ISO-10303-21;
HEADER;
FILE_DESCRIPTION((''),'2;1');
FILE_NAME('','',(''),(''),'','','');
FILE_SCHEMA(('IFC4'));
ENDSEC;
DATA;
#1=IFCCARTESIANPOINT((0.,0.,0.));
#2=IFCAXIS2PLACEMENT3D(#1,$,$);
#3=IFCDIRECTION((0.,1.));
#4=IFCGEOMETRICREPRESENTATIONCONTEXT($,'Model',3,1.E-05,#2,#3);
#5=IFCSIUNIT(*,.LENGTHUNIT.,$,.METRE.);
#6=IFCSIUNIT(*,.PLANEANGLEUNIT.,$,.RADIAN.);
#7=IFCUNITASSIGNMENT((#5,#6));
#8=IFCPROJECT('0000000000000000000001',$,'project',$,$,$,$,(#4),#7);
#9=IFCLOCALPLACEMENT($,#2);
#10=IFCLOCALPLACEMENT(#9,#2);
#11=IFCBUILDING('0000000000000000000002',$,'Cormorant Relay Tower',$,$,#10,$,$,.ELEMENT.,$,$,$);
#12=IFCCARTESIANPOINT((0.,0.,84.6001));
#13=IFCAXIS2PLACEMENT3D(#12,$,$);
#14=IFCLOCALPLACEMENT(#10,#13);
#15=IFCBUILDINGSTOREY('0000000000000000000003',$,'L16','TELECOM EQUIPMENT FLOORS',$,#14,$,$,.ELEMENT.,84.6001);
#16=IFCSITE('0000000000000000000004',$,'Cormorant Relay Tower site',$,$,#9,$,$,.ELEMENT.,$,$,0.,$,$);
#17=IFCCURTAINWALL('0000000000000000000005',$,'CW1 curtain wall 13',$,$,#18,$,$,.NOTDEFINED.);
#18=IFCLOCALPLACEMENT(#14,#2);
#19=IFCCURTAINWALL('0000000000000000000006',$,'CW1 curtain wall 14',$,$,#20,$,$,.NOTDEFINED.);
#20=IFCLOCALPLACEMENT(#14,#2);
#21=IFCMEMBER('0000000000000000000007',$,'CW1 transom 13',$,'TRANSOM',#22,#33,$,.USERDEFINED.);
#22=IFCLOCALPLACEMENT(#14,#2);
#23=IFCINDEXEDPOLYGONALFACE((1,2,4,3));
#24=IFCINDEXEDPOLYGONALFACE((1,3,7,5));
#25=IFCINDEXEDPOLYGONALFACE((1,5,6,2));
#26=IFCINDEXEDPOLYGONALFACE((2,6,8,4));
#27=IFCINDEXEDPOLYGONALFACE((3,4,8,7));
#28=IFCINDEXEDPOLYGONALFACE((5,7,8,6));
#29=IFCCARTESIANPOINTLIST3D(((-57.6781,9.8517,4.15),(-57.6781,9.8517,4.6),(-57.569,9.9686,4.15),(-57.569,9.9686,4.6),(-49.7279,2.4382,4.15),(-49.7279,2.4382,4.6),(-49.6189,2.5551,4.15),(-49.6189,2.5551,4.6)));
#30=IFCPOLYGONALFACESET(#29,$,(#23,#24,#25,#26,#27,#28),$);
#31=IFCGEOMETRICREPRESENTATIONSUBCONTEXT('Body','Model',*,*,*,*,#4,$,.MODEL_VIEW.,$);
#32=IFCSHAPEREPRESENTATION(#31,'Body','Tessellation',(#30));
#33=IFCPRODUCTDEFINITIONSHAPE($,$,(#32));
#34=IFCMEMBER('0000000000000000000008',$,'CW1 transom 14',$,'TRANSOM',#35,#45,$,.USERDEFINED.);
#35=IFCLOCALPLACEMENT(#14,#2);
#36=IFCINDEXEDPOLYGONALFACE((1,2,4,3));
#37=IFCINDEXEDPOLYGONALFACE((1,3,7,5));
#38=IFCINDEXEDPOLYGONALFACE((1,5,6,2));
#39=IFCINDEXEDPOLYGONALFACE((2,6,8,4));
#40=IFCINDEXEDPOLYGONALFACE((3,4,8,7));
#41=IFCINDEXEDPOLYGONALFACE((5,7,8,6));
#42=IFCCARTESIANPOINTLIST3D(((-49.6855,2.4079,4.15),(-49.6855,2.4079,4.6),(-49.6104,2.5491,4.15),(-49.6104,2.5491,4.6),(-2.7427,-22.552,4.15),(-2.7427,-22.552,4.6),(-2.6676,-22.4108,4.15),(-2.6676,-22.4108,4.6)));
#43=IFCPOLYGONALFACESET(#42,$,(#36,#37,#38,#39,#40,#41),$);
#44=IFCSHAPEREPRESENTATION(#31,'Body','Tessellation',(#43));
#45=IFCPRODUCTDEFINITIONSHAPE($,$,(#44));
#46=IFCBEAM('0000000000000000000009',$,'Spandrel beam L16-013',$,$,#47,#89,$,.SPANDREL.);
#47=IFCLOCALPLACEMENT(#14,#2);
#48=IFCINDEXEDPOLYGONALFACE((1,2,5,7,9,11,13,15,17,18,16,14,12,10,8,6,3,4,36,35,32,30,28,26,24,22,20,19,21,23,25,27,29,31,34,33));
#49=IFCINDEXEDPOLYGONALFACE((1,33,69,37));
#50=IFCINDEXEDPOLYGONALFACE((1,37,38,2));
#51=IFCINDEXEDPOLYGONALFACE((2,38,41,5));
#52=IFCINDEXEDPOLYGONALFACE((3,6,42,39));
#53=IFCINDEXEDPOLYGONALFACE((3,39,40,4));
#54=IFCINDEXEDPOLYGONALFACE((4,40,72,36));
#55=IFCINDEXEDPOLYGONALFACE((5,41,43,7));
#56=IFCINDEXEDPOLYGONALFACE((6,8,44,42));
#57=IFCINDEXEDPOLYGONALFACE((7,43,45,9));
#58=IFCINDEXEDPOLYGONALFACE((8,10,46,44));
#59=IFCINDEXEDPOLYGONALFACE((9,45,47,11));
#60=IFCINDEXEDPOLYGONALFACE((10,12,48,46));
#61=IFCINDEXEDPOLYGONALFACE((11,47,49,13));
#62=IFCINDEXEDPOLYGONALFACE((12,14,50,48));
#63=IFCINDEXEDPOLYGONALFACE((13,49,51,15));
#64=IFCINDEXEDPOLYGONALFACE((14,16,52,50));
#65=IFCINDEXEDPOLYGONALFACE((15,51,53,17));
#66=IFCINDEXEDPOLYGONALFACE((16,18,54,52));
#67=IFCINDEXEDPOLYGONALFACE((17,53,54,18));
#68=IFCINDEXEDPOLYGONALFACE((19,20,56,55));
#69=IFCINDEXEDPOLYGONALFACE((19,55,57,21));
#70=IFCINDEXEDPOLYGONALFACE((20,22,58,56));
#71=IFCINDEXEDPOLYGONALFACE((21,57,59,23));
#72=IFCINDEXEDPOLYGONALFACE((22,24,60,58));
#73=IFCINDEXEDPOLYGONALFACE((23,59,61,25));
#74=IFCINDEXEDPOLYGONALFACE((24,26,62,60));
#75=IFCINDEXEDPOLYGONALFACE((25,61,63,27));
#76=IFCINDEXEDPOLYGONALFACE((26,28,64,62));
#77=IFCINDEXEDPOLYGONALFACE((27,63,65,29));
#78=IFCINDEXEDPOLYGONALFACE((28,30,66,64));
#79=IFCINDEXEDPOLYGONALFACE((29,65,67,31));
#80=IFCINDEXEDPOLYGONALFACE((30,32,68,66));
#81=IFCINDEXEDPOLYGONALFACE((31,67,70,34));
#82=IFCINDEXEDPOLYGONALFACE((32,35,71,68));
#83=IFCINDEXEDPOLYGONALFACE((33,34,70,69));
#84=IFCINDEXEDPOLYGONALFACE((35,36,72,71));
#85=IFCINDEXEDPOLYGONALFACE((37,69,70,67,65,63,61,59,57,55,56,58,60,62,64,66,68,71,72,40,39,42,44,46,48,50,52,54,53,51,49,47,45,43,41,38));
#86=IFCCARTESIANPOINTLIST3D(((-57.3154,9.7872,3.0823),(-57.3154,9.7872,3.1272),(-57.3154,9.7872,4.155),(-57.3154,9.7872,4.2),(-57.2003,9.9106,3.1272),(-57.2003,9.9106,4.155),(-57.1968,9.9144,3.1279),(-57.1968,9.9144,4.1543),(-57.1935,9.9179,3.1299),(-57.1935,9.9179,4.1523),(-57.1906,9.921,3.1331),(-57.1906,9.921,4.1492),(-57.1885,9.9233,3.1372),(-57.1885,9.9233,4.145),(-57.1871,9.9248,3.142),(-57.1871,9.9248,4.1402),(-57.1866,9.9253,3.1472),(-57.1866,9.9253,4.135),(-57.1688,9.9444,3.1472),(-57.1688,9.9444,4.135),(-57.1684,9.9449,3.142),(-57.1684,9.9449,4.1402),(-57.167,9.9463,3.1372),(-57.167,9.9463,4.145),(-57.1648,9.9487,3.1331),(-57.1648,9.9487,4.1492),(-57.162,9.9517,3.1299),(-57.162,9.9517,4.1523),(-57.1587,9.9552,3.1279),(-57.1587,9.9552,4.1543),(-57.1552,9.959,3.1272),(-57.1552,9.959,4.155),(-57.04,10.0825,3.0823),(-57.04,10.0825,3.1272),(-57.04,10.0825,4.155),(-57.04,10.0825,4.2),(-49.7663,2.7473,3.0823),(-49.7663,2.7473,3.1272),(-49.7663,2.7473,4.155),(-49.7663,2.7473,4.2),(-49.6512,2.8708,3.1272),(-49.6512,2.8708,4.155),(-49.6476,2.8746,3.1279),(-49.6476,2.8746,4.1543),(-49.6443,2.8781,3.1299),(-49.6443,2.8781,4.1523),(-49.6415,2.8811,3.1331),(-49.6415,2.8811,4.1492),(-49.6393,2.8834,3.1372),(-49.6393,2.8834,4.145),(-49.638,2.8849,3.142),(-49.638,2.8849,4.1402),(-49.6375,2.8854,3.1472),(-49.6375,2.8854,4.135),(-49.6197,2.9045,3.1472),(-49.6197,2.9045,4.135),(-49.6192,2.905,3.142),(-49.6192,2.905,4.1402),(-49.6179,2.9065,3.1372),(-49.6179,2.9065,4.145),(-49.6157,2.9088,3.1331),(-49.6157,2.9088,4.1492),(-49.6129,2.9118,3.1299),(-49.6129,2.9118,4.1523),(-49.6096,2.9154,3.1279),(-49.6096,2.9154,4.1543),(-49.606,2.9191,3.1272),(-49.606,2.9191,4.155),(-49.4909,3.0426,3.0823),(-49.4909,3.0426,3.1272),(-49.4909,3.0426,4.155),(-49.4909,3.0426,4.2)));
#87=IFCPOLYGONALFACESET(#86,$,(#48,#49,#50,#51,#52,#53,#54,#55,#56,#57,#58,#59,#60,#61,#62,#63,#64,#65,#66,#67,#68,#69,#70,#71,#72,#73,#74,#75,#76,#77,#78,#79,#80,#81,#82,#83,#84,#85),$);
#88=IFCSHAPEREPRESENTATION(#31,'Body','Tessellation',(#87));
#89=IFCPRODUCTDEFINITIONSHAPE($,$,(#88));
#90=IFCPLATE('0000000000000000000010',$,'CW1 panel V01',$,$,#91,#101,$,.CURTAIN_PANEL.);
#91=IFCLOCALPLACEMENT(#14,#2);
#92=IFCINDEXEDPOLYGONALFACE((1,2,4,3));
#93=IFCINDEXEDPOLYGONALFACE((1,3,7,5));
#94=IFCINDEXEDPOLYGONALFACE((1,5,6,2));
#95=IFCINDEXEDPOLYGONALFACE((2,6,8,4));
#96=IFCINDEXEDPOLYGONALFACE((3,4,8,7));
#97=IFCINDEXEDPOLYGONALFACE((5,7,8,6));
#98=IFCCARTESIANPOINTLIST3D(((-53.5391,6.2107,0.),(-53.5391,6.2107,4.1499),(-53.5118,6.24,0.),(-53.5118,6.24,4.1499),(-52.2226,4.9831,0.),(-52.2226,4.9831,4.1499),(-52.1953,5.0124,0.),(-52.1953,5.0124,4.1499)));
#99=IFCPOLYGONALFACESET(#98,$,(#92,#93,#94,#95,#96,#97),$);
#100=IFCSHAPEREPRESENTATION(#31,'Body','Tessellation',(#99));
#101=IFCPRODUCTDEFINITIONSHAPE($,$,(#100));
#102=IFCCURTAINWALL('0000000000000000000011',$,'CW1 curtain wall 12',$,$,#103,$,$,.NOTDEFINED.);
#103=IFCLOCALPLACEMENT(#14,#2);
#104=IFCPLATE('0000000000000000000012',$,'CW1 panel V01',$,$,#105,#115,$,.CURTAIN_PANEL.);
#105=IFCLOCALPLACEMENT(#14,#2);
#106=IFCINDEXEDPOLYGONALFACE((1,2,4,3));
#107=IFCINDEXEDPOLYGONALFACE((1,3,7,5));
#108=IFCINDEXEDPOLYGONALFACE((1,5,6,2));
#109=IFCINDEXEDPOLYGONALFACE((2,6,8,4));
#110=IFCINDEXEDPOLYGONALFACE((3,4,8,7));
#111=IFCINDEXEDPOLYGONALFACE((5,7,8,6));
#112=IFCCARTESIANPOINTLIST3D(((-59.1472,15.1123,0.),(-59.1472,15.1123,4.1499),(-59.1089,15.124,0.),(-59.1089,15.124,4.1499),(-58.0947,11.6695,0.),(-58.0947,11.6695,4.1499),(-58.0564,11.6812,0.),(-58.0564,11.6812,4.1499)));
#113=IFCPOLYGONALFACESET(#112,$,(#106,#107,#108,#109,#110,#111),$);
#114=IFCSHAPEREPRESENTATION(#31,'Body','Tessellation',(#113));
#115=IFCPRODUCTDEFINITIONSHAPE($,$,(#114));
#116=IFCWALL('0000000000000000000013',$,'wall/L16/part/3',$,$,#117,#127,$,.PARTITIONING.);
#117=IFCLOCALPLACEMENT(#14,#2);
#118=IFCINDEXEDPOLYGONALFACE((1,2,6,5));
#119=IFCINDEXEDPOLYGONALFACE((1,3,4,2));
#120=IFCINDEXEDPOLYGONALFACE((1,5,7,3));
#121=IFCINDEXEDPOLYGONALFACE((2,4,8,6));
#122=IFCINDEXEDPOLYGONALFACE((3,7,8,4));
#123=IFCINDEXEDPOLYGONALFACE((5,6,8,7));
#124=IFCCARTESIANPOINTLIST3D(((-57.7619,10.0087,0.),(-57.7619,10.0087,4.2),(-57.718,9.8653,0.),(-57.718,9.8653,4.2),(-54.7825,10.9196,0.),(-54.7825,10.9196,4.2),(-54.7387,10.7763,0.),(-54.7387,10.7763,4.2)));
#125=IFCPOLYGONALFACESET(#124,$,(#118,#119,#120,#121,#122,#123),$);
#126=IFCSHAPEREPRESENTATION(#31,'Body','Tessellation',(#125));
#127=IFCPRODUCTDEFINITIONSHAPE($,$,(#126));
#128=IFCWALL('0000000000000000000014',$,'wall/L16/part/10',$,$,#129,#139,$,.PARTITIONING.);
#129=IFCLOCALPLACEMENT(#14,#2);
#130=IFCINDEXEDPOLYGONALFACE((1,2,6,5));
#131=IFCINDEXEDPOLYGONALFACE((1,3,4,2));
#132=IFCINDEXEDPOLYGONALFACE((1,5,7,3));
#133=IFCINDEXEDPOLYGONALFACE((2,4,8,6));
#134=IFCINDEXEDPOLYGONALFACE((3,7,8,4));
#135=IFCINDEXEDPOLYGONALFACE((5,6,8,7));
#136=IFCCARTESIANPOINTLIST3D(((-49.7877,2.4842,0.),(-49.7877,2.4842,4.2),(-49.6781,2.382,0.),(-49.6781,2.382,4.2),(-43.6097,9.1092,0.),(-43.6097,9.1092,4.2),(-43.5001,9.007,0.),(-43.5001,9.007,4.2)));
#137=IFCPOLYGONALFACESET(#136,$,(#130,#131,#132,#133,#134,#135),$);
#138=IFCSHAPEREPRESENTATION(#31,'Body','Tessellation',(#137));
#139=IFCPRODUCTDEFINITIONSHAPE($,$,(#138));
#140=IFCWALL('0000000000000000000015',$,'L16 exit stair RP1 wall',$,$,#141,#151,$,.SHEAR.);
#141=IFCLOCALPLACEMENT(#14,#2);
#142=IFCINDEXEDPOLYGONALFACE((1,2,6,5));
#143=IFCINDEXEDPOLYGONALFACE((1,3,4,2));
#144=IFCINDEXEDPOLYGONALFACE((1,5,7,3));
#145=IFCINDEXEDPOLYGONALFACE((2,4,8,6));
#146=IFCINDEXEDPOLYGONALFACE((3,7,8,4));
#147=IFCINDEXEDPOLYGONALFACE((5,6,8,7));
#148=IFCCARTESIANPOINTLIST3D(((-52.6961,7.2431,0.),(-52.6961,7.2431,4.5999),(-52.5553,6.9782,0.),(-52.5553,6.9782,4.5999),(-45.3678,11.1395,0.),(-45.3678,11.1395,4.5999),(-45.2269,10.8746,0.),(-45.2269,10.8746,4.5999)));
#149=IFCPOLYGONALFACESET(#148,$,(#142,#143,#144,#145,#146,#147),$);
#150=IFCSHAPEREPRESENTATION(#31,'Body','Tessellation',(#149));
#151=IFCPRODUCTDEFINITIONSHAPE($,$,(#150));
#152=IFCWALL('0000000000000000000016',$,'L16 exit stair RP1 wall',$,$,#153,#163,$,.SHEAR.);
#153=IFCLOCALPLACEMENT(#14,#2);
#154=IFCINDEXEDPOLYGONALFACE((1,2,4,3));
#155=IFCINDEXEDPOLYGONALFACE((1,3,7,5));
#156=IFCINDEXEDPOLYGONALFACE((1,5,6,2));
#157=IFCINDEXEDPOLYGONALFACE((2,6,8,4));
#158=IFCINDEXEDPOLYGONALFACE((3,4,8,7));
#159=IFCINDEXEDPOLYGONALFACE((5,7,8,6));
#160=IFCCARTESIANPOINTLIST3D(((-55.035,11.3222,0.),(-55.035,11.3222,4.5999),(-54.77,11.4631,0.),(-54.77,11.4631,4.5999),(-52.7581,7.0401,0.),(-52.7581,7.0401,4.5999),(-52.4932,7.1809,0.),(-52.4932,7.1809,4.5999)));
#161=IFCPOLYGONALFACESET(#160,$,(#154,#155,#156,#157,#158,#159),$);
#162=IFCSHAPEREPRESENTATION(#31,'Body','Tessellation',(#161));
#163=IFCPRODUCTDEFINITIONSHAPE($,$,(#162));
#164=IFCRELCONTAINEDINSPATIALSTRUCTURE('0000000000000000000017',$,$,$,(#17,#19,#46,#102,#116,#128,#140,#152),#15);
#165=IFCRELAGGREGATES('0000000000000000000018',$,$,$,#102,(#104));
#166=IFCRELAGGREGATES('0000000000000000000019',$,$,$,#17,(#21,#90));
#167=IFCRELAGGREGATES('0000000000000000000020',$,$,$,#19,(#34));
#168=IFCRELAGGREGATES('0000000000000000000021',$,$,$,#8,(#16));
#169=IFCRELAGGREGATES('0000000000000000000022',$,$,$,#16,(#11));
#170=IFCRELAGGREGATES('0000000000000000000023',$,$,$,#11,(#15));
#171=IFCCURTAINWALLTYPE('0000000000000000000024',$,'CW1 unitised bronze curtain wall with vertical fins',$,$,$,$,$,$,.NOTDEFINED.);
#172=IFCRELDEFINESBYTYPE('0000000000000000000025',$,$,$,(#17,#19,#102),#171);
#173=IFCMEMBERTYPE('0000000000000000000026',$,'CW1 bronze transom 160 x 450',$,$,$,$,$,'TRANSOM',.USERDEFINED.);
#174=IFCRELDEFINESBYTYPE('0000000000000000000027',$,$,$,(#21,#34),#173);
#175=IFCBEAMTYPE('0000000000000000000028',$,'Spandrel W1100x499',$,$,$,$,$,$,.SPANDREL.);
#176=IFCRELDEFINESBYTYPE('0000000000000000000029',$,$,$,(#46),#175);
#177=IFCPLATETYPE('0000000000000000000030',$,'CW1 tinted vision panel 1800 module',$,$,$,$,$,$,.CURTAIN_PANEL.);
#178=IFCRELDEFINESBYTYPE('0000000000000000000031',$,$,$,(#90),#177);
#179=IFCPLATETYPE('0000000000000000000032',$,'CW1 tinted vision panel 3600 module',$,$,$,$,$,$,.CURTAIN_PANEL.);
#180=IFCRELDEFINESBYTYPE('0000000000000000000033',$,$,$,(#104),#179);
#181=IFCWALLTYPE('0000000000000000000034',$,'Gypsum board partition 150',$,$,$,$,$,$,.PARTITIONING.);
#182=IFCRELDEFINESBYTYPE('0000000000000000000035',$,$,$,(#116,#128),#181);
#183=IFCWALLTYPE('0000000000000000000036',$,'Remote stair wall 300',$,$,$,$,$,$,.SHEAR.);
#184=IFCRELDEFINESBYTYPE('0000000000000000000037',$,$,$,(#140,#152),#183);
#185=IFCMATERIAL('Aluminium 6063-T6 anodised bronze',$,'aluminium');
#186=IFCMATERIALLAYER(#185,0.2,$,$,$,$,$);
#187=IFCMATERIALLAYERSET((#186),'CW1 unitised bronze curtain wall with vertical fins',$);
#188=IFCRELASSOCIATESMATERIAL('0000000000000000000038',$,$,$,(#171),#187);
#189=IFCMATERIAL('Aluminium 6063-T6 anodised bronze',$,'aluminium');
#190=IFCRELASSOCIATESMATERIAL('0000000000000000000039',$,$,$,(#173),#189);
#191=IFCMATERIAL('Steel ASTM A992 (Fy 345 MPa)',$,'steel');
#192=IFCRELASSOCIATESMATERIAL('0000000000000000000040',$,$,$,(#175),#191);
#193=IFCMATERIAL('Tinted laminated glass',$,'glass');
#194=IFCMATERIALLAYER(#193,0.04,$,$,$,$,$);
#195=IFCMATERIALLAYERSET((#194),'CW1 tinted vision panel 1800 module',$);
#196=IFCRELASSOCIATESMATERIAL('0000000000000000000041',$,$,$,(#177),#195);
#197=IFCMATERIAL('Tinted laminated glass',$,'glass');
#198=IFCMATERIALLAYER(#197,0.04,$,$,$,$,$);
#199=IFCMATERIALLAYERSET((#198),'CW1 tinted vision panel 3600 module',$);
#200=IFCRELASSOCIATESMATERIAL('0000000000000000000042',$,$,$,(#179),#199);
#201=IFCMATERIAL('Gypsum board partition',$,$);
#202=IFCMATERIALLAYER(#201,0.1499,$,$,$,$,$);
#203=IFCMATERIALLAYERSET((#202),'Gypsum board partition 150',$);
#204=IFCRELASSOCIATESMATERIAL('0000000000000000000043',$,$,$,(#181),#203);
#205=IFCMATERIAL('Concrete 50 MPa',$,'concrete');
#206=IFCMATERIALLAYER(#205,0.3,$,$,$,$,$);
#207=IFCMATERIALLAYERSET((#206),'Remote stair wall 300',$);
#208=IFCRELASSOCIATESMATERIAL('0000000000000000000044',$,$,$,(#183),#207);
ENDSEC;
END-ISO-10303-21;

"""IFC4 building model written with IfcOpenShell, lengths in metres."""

from ifc_helpers import new_model, si_unit, direction, frame, frame_2d, origin, origin_2d, place, context, subcontext, project, spatial, rectangle, i_section, extrude, material, layer, layer_set, material_profile, profile_set, type_object, element, aggregate, save


model = new_model("IFC4")

# Units and contexts
model_context = context("Model", 3, precision=1e-05, world=origin(), true_north=direction((0.0, 1.0)))
body_context = subcontext(model_context, "Body", "Model", "MODEL_VIEW")
ifc_project = project(units=[si_unit("LENGTHUNIT", "METRE"), si_unit("PLANEANGLEUNIT", "RADIAN")], contexts=[model_context])

# Site, building, storey
site_placement = place(None, origin())
site = spatial("IfcSite", under=ifc_project, at=site_placement, Name="Cormorant Relay Tower site", CompositionType="ELEMENT", RefElevation=0.0)
building_placement = place(site_placement, origin())
building = spatial("IfcBuilding", under=site, at=building_placement, Name="Cormorant Relay Tower", CompositionType="ELEMENT")
storey_placement = place(building_placement, frame((0.0, 0.0, 84.6001)))
storey = spatial("IfcBuildingStorey", under=building, at=storey_placement, Name="L16", Description="TELECOM EQUIPMENT FLOORS", CompositionType="ELEMENT", Elevation=84.6001)

# Curtain walls
ifc_material_1 = material(Name="Aluminium 6063-T6 anodised bronze", Category="aluminium")
ifc_layer_1 = layer(ifc_material_1, 0.2)
ifc_layer_set_1 = layer_set([ifc_layer_1], Name="CW1 unitised bronze curtain wall with vertical fins")
curtain_wall_type = type_object("IfcCurtainWallType", Name="CW1 unitised bronze curtain wall with vertical fins", PredefinedType="NOTDEFINED", material=ifc_layer_set_1)
curtain_wall_1_placement = place(storey_placement, origin())
curtain_wall_1 = element("IfcCurtainWall", 1, at=curtain_wall_1_placement, inside=storey, type_object=curtain_wall_type, Name="CW1 curtain wall 13", PredefinedType="NOTDEFINED")
curtain_wall_2_placement = place(storey_placement, origin())
curtain_wall_2 = element("IfcCurtainWall", 2, at=curtain_wall_2_placement, inside=storey, type_object=curtain_wall_type, Name="CW1 curtain wall 14", PredefinedType="NOTDEFINED")

# Members
ifc_material_2 = material(Name="Aluminium 6063-T6 anodised bronze", Category="aluminium")
ifc_material_profile_1 = material_profile(ifc_material_2, rectangle(XDim=0.1599, YDim=0.45, at=origin_2d()), Name="AL 160x450")
ifc_profile_set_1 = profile_set([ifc_material_profile_1], Name="Aluminium 6063-T6 anodised bronze")
member_type_1 = type_object("IfcMemberType", Name="CW1 bronze transom 160 x 450", ElementType="TRANSOM", PredefinedType="USERDEFINED", material=ifc_profile_set_1)
member_1_placement = place(storey_placement, frame((-57.6235, 9.9102, 4.375), z_axis=(0.731358, -0.681993, 0.0), x_axis=(0.681993, 0.731358, 0.0)))
member_1 = element("IfcMember", 3, at=member_1_placement, type_object=member_type_1, Name="CW1 transom 13", ObjectType="TRANSOM", PredefinedType="USERDEFINED", context=body_context, shape_type="SweptSolid", body=[
    extrude(rectangle(XDim=0.1599, YDim=0.45, at=origin_2d()), origin(), (0.0, 0.0, 1.0), 10.8704),
])
member_2_placement = place(storey_placement, frame((-49.6479, 2.4785, 4.375), z_axis=(0.882948, -0.469471, 0.0), x_axis=(0.469471, 0.882948, 0.0)))
member_2 = element("IfcMember", 4, at=member_2_placement, type_object=member_type_1, Name="CW1 transom 14", ObjectType="TRANSOM", PredefinedType="USERDEFINED", context=body_context, shape_type="SweptSolid", body=[
    extrude(rectangle(XDim=0.1599, YDim=0.45, at=origin_2d()), origin(), (0.0, 0.0, 1.0), 53.166),
])

# Beam
ifc_material_3 = material(Name="Steel ASTM A992 (Fy 345 MPa)", Category="steel")
ifc_material_profile_2 = material_profile(ifc_material_3, i_section(OverallWidth=0.4038, OverallDepth=1.1177, WebThickness=0.0261, FlangeThickness=0.0449, FilletRadius=0.02, at=origin_2d()), Name="W1100x499")
ifc_profile_set_2 = profile_set([ifc_material_profile_2], Name="Steel ASTM A992 (Fy 345 MPa)")
beam_type = type_object("IfcBeamType", Name="Spandrel W1100x499", PredefinedType="SPANDREL", material=ifc_profile_set_2)
beam_placement = place(storey_placement, frame((-57.1777, 9.9348, 3.6411), z_axis=(0.731345, -0.682007, 0.0), x_axis=(0.682007, 0.731345, 0.0)))
element("IfcBeam", 5, at=beam_placement, inside=storey, type_object=beam_type, Name="Spandrel beam L16-013", PredefinedType="SPANDREL", context=body_context, shape_type="SweptSolid", body=[
    extrude(i_section(OverallWidth=0.4038, OverallDepth=1.1177, WebThickness=0.0261, FlangeThickness=0.0449, FilletRadius=0.02, at=origin_2d()), origin(), (0.0, 0.0, 1.0), 10.3223),
])

# Plate
ifc_material_4 = material(Name="Tinted laminated glass", Category="glass")
ifc_layer_2 = layer(ifc_material_4, 0.04)
ifc_layer_set_2 = layer_set([ifc_layer_2], Name="CW1 tinted vision panel 1800 module")
plate_type_1 = type_object("IfcPlateType", Name="CW1 tinted vision panel 1800 module", PredefinedType="CURTAIN_PANEL", material=ifc_layer_set_2)
plate_1_placement = place(storey_placement, frame((-52.8672, 5.6116, 0.0), z_axis=(0.0, 0.0, 1.0), x_axis=(0.731354, -0.681998, 0.0)))
plate_1 = element("IfcPlate", 6, at=plate_1_placement, type_object=plate_type_1, Name="CW1 panel V01", PredefinedType="CURTAIN_PANEL", context=body_context, shape_type="SweptSolid", body=[
    extrude(rectangle(XDim=1.8, YDim=0.04, at=origin_2d()), origin(), (0.0, 0.0, 1.0), 4.1499),
])

# Curtain wall, plate
curtain_wall_3_placement = place(storey_placement, origin())
curtain_wall_3 = element("IfcCurtainWall", 7, at=curtain_wall_3_placement, inside=storey, type_object=curtain_wall_type, Name="CW1 curtain wall 12", PredefinedType="NOTDEFINED")
ifc_material_5 = material(Name="Tinted laminated glass", Category="glass")
ifc_layer_3 = layer(ifc_material_5, 0.04)
ifc_layer_set_3 = layer_set([ifc_layer_3], Name="CW1 tinted vision panel 3600 module")
plate_type_2 = type_object("IfcPlateType", Name="CW1 tinted vision panel 3600 module", PredefinedType="CURTAIN_PANEL", material=ifc_layer_set_3)
plate_2_placement = place(storey_placement, frame((-58.6018, 13.3967, 0.0), z_axis=(0.0, 0.0, 1.0), x_axis=(0.292372, -0.956305, 0.0)))
plate_2 = element("IfcPlate", 8, at=plate_2_placement, type_object=plate_type_2, Name="CW1 panel V01", PredefinedType="CURTAIN_PANEL", context=body_context, shape_type="SweptSolid", body=[
    extrude(rectangle(XDim=3.6001, YDim=0.04, at=origin_2d()), origin(), (0.0, 0.0, 1.0), 4.1499),
])

# Walls
ifc_material_6 = material(Name="Gypsum board partition")
ifc_layer_4 = layer(ifc_material_6, 0.1499)
ifc_layer_set_4 = layer_set([ifc_layer_4], Name="Gypsum board partition 150")
wall_type_1 = type_object("IfcWallType", Name="Gypsum board partition 150", PredefinedType="PARTITIONING", material=ifc_layer_set_4)
wall_1_placement = place(storey_placement, frame((-54.7607, 10.8479, 0.0), z_axis=(0.0, 0.0, 1.0), x_axis=(-0.956301, -0.292384, 0.0)))
element("IfcWall", 9, at=wall_1_placement, inside=storey, type_object=wall_type_1, Name="wall/L16/part/3", PredefinedType="PARTITIONING", context=body_context, shape_type="SweptSolid", body=[
    extrude(rectangle(XDim=3.1155, YDim=0.1499, at=frame_2d((1.5576, 0.0))), origin(), (0.0, 0.0, 1.0), 4.2),
])
wall_2_placement = place(storey_placement, frame((-49.7329, 2.4331, 0.0), z_axis=(0.0, 0.0, 1.0), x_axis=(0.682002, 0.73135, 0.0)))
element("IfcWall", 10, at=wall_2_placement, inside=storey, type_object=wall_type_1, Name="wall/L16/part/10", PredefinedType="PARTITIONING", context=body_context, shape_type="SweptSolid", body=[
    extrude(rectangle(XDim=9.0586, YDim=0.1499, at=frame_2d((4.5293, 0.0))), origin(), (0.0, 0.0, 1.0), 4.2),
])
ifc_material_7 = material(Name="Concrete 50 MPa", Category="concrete")
ifc_layer_5 = layer(ifc_material_7, 0.3)
ifc_layer_set_5 = layer_set([ifc_layer_5], Name="Remote stair wall 300")
wall_type_2 = type_object("IfcWallType", Name="Remote stair wall 300", PredefinedType="SHEAR", material=ifc_layer_set_5)
wall_3_placement = place(storey_placement, frame((-45.2974, 11.0071, 0.0), z_axis=(0.0, 0.0, 1.0), x_axis=(-0.882952, -0.469464, 0.0)))
element("IfcWall", 11, at=wall_3_placement, inside=storey, type_object=wall_type_2, Name="L16 exit stair RP1 wall", PredefinedType="SHEAR", context=body_context, shape_type="SweptSolid", body=[
    extrude(rectangle(XDim=8.2998, YDim=0.3, at=frame_2d((4.1499, 0.0))), origin(), (0.0, 0.0, 1.0), 4.5999),
])
wall_4_placement = place(storey_placement, frame((-52.6257, 7.1106, 0.0), z_axis=(0.0, 0.0, 1.0), x_axis=(-0.469464, 0.882951, 0.0)))
element("IfcWall", 12, at=wall_4_placement, inside=storey, type_object=wall_type_2, Name="L16 exit stair RP1 wall", PredefinedType="SHEAR", context=body_context, shape_type="SweptSolid", body=[
    extrude(rectangle(XDim=4.8499, YDim=0.3, at=frame_2d((2.4248, 0.0))), origin(), (0.0, 0.0, 1.0), 4.5999),
])

aggregate(curtain_wall_3, [plate_2])
aggregate(curtain_wall_1, [member_1, plate_1])
aggregate(curtain_wall_2, [member_2])

save(model, "model.ifc")
